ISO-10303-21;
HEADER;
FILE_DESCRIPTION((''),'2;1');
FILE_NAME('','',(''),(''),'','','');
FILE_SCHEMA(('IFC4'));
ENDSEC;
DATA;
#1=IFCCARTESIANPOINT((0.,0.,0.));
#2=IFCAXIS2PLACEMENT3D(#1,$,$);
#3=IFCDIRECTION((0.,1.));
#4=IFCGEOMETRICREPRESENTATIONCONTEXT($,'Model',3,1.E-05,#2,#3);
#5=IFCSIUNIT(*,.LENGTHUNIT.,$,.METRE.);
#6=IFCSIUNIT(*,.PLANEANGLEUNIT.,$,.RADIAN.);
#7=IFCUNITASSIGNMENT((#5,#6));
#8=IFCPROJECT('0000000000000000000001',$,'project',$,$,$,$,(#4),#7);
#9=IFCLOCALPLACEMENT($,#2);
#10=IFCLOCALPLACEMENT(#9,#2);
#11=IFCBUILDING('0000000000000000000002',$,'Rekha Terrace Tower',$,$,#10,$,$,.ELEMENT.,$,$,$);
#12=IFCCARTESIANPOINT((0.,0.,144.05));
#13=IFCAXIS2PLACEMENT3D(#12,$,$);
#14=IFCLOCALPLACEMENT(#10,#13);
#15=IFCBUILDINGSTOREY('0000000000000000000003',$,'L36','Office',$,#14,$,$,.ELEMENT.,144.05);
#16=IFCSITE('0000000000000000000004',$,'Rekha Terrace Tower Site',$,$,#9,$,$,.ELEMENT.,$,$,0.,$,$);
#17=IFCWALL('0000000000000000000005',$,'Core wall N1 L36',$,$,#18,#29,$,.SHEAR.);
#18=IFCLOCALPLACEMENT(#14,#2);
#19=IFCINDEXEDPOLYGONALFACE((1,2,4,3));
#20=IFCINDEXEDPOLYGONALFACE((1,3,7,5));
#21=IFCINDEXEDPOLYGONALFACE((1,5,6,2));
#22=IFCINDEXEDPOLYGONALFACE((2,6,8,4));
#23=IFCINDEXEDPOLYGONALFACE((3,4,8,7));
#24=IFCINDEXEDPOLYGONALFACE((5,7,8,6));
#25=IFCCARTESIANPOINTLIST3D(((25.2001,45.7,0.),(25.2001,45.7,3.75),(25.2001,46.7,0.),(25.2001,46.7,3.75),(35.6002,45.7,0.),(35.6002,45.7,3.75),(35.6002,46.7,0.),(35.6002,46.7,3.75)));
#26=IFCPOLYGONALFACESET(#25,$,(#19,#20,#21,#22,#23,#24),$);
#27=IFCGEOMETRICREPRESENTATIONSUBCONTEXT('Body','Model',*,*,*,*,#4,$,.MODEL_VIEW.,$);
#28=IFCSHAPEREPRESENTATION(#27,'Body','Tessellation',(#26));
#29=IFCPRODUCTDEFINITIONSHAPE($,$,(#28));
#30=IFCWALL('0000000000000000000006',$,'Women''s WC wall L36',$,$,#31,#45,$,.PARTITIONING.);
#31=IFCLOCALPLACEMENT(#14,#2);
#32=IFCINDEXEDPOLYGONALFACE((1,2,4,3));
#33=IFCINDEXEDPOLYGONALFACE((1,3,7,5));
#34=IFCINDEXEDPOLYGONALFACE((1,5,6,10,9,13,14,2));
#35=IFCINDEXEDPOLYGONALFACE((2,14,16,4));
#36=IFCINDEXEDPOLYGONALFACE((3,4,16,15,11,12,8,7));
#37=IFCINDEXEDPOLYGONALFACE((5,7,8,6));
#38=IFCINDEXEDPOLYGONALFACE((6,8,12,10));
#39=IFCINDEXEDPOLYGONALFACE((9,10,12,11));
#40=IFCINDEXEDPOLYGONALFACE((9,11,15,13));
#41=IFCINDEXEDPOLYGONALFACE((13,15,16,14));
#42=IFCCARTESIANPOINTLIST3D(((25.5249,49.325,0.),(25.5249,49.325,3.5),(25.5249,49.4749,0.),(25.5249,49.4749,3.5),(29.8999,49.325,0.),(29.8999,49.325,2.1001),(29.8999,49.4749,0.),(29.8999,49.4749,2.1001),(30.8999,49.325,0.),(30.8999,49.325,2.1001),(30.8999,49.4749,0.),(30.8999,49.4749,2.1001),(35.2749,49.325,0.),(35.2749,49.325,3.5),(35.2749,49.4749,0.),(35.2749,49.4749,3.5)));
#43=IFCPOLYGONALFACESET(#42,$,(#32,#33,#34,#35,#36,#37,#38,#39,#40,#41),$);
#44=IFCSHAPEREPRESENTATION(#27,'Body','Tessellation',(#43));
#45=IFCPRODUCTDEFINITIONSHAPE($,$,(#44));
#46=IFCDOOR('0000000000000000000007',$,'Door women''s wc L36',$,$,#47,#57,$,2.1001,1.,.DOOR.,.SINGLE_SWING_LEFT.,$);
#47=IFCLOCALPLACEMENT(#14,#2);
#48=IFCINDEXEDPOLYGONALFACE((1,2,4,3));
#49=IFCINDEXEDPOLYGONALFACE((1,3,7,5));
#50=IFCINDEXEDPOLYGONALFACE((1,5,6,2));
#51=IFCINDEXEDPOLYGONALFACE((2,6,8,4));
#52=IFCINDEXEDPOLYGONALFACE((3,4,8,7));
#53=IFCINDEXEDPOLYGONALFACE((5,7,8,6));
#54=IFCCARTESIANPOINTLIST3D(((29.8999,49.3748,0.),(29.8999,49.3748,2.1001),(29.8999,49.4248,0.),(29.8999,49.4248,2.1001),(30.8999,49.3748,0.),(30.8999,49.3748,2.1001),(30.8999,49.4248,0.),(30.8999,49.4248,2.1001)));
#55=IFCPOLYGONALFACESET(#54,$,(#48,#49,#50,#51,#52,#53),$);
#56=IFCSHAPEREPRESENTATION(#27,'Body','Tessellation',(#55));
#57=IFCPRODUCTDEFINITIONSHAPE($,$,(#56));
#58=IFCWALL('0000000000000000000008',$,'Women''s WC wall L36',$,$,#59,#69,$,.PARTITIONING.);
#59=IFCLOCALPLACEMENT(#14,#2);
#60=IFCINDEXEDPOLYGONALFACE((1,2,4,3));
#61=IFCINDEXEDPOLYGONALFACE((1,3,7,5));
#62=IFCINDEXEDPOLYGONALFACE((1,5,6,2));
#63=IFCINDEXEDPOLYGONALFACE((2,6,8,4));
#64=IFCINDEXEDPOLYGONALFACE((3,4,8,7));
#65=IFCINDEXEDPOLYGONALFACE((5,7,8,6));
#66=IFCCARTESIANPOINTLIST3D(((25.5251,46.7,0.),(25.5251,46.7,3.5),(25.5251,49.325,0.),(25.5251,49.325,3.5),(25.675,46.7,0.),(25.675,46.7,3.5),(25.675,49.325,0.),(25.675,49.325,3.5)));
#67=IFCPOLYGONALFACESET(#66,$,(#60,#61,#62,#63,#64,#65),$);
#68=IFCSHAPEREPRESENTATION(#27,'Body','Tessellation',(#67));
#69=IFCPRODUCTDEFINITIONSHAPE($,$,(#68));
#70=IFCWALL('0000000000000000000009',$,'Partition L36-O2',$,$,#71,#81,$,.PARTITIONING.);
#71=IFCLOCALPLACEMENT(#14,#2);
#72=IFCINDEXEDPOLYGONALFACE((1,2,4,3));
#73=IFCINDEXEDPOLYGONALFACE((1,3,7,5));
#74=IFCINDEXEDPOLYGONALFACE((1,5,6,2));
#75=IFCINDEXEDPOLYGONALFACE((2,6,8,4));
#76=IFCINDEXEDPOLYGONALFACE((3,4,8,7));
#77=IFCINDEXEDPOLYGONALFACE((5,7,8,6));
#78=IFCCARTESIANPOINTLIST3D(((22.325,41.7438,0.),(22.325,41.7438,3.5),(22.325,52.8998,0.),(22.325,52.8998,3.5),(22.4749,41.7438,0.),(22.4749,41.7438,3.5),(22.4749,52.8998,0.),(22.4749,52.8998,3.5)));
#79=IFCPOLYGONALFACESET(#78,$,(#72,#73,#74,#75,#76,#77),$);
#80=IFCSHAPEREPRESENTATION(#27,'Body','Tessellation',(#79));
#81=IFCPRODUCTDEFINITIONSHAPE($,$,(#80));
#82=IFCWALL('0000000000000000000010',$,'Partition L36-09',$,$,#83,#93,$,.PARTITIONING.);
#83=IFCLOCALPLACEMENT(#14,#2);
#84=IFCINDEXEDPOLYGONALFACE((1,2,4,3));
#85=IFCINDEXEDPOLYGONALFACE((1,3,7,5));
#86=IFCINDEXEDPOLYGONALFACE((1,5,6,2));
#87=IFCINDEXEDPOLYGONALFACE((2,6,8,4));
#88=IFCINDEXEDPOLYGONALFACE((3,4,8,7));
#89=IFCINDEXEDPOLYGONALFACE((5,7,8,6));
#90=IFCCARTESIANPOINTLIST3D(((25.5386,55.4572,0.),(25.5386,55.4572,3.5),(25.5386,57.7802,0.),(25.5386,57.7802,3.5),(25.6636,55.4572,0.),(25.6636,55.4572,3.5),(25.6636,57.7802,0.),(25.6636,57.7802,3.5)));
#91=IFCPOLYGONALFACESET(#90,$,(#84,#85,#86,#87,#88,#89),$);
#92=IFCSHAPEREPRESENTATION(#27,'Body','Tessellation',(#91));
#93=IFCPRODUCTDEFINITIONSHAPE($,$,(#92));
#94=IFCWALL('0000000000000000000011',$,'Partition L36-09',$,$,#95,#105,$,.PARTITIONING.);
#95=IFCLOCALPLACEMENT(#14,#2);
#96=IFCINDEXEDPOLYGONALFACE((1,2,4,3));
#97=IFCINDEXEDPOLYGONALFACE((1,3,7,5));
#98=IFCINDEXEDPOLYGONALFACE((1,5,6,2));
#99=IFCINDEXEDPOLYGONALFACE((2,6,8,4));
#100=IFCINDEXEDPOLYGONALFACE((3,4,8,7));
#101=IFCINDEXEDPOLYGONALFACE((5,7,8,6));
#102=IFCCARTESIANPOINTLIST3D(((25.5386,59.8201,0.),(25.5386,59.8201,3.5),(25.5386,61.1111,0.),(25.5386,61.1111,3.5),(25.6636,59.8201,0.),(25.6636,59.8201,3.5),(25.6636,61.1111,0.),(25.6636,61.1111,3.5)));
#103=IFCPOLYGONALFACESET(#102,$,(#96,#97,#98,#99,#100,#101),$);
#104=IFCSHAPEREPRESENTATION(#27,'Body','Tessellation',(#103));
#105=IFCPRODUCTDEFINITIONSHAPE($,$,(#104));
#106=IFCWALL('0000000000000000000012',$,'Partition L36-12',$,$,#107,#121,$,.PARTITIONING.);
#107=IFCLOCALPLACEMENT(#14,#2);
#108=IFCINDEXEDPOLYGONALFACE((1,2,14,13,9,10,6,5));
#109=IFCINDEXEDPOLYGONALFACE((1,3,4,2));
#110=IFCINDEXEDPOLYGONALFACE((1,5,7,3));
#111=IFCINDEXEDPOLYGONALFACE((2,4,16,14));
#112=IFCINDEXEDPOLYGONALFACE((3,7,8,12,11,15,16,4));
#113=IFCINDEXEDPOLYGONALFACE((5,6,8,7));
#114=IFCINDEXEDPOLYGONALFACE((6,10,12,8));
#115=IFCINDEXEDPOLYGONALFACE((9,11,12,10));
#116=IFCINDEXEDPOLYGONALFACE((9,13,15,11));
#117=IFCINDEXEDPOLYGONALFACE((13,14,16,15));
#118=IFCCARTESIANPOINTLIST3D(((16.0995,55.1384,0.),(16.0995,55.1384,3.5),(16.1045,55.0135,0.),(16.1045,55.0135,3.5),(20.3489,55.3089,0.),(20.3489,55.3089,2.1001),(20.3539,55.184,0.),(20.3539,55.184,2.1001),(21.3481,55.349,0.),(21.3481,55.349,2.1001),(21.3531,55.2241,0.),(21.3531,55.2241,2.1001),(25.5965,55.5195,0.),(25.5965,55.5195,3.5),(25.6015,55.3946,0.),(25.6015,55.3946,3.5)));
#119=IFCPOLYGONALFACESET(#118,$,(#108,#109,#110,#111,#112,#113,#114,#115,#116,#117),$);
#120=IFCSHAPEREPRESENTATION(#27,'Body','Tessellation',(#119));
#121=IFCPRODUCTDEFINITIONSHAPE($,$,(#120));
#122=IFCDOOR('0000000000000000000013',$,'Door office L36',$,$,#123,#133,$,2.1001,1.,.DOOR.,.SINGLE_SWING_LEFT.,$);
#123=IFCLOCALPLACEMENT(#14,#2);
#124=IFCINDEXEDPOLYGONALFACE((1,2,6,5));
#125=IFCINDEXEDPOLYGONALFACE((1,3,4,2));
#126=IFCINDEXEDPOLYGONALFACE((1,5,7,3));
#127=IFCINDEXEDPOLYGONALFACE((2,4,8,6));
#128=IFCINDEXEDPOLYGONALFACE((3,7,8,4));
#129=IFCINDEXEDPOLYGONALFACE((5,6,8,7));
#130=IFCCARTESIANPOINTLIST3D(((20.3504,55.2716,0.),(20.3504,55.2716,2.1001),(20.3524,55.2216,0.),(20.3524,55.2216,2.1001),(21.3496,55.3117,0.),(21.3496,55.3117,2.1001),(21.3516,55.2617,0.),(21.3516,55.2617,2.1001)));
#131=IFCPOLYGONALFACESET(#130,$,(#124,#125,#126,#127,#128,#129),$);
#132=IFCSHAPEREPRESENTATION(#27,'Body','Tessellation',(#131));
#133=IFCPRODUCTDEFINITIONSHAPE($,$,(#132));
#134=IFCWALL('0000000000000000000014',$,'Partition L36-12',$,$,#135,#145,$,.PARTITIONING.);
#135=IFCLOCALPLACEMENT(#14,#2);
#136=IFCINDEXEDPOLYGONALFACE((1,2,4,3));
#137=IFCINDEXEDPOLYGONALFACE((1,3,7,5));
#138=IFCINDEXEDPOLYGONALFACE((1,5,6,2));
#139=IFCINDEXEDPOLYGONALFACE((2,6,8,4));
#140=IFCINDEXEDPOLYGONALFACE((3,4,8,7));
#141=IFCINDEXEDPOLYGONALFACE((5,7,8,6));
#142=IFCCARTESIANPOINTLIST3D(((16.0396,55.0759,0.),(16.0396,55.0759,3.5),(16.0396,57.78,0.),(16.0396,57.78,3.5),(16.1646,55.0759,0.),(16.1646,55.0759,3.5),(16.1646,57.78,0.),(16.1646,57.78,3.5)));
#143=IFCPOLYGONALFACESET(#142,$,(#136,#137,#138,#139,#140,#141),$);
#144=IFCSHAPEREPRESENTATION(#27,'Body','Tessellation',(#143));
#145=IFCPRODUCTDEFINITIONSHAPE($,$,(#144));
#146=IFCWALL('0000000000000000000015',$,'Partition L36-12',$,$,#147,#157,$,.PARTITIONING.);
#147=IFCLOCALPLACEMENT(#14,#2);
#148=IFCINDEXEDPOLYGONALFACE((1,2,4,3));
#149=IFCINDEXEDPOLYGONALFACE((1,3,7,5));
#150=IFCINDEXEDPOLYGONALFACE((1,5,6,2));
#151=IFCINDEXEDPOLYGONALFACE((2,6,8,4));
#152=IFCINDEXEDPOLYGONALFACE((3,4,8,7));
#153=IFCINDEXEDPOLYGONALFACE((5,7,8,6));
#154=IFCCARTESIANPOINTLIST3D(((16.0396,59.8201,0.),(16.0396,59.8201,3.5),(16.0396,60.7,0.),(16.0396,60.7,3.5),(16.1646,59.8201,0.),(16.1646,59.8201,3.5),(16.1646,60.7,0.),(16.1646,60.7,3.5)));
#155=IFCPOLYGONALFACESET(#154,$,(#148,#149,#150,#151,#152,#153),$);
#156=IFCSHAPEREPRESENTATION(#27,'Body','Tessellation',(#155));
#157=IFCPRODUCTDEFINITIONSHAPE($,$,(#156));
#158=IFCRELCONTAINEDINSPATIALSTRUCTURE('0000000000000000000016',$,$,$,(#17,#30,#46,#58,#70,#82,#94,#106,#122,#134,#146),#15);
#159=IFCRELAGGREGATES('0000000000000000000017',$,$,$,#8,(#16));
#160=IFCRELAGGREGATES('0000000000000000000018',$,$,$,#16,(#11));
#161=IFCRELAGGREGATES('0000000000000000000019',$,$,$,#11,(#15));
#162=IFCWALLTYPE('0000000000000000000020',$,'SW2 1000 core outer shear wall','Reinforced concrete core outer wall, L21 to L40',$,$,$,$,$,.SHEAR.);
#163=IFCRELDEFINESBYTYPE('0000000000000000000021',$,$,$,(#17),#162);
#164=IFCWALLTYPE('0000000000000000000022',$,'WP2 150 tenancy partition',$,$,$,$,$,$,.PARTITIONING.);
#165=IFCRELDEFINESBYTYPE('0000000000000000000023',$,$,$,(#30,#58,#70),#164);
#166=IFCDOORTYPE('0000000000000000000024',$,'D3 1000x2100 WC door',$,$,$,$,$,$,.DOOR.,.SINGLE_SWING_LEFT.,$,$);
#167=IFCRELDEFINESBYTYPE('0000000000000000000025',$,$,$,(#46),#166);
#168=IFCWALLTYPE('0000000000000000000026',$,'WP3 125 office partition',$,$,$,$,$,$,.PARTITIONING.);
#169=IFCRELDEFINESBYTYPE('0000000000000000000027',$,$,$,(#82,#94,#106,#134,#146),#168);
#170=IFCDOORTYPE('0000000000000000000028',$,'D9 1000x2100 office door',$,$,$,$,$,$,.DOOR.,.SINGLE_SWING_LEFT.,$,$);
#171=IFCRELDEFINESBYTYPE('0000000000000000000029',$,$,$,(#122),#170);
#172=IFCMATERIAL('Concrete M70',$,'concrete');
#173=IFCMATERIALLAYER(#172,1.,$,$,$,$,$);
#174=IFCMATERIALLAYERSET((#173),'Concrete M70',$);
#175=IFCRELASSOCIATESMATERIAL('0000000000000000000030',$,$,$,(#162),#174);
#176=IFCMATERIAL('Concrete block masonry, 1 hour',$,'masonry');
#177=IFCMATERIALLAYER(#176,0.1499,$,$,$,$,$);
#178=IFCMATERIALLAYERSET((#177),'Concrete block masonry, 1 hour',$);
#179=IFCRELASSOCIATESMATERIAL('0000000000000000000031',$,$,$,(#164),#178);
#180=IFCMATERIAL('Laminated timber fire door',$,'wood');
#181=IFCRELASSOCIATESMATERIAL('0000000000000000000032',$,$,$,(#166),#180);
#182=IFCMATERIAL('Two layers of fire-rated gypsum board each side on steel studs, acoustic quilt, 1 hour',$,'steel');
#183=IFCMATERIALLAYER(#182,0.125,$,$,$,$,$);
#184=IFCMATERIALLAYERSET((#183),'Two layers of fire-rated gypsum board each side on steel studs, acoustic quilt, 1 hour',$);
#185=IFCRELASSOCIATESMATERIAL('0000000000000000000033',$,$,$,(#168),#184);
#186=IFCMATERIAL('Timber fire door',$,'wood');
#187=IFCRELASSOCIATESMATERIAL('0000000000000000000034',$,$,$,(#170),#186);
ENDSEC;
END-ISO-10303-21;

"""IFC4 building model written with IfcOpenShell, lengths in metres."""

from ifc_helpers import new_model, si_unit, direction, frame, frame_2d, origin, place, context, subcontext, project, spatial, rectangle, extrude, material, layer, layer_set, type_object, element, fill, save


model = new_model("IFC4")

# Units and contexts
model_context = context("Model", 3, precision=1e-05, world=origin(), true_north=direction((0.0, 1.0)))
body_context = subcontext(model_context, "Body", "Model", "MODEL_VIEW")
ifc_project = project(units=[si_unit("LENGTHUNIT", "METRE"), si_unit("PLANEANGLEUNIT", "RADIAN")], contexts=[model_context])

# Site, building, storey
site_placement = place(None, origin())
site = spatial("IfcSite", under=ifc_project, at=site_placement, Name="Rekha Terrace Tower Site", CompositionType="ELEMENT", RefElevation=0.0)
building_placement = place(site_placement, origin())
building = spatial("IfcBuilding", under=site, at=building_placement, Name="Rekha Terrace Tower", CompositionType="ELEMENT")
storey_placement = place(building_placement, frame((0.0, 0.0, 144.05)))
storey = spatial("IfcBuildingStorey", under=building, at=storey_placement, Name="L36", Description="Office", CompositionType="ELEMENT", Elevation=144.05)

# Shared definitions
ifc_material_1 = material(Name="Concrete M70", Category="concrete")

# Wall
ifc_layer_1 = layer(ifc_material_1, 1.0)
ifc_layer_set_1 = layer_set([ifc_layer_1], Name="Concrete M70")
wall_type_1 = type_object("IfcWallType", Name="SW2 1000 core outer shear wall", Description="Reinforced concrete core outer wall, L21 to L40", PredefinedType="SHEAR", material=ifc_layer_set_1)
wall_1_placement = place(storey_placement, frame((25.2, 46.2, 0.0), z_axis=(0.0, 0.0, 1.0), x_axis=(1.0, 0.0, 0.0)))
element("IfcWall", 1, at=wall_1_placement, inside=storey, type_object=wall_type_1, Name="Core wall N1 L36", PredefinedType="SHEAR", context=body_context, shape_type="SweptSolid", body=[
    extrude(rectangle(XDim=10.4001, YDim=1.0, at=frame_2d((5.2002, 0.0))), origin(), (0.0, 0.0, 1.0), 3.75),
])

# Wall, opening, door
ifc_material_2 = material(Name="Concrete block masonry, 1 hour", Category="masonry")
ifc_layer_2 = layer(ifc_material_2, 0.1499)
ifc_layer_set_2 = layer_set([ifc_layer_2], Name="Concrete block masonry, 1 hour")
wall_type_2 = type_object("IfcWallType", Name="WP2 150 tenancy partition", PredefinedType="PARTITIONING", material=ifc_layer_set_2)
wall_2_placement = place(storey_placement, frame((25.5249, 49.3999, 0.0), z_axis=(0.0, 0.0, 1.0), x_axis=(1.0, 0.0, 0.0)))
wall_2 = element("IfcWall", 2, at=wall_2_placement, inside=storey, type_object=wall_type_2, Name="Women's WC wall L36", PredefinedType="PARTITIONING", context=body_context, shape_type="SweptSolid", body=[
    extrude(rectangle(XDim=9.75, YDim=0.1499, at=frame_2d((4.875, 0.0))), origin(), (0.0, 0.0, 1.0), 3.5),
])
opening_1_placement = place(wall_2_placement, frame((4.375, 0.0, 0.0)))
opening_1 = element("IfcOpeningElement", 3, at=opening_1_placement, cuts=wall_2, PredefinedType="OPENING", context=body_context, shape_type="SweptSolid", body=[
    extrude(rectangle(XDim=1.0, YDim=2.1001, at=frame_2d((0.5, 1.05))), frame((0.0, 0.085, 0.0), z_axis=(0.0, -1.0, 0.0), x_axis=(1.0, 0.0, 0.0)), (0.0, 0.0, 1.0), 0.1699),
])
ifc_material_3 = material(Name="Laminated timber fire door", Category="wood")
door_type_1 = type_object("IfcDoorType", Name="D3 1000x2100 WC door", OperationType="SINGLE_SWING_LEFT", PredefinedType="DOOR", material=ifc_material_3)
door_1_placement = place(opening_1_placement, origin())
door_1 = element("IfcDoor", 4, at=door_1_placement, inside=storey, type_object=door_type_1, Name="Door women's wc L36", OperationType="SINGLE_SWING_LEFT", OverallHeight=2.1001, OverallWidth=1.0, PredefinedType="DOOR", context=body_context, shape_type="SweptSolid", body=[
    extrude(rectangle(XDim=1.0, YDim=2.1001, at=frame_2d((0.5, 1.05))), frame((0.0, 0.0249, 0.0), z_axis=(0.0, -1.0, 0.0), x_axis=(1.0, 0.0, 0.0)), (0.0, 0.0, 1.0), 0.05),
])
fill(opening_1, door_1)

# Walls
wall_3_placement = place(storey_placement, frame((25.6001, 46.7, 0.0), z_axis=(0.0, 0.0, 1.0), x_axis=(0.0, 1.0, 0.0)))
element("IfcWall", 5, at=wall_3_placement, inside=storey, type_object=wall_type_2, Name="Women's WC wall L36", PredefinedType="PARTITIONING", context=body_context, shape_type="SweptSolid", body=[
    extrude(rectangle(XDim=2.625, YDim=0.1499, at=frame_2d((1.3125, 0.0))), origin(), (0.0, 0.0, 1.0), 3.5),
])
wall_4_placement = place(storey_placement, frame((22.3999, 52.8999, 0.0), z_axis=(0.0, 0.0, 1.0), x_axis=(0.0, -1.0, 0.0)))
element("IfcWall", 6, at=wall_4_placement, inside=storey, type_object=wall_type_2, Name="Partition L36-O2", PredefinedType="PARTITIONING", context=body_context, shape_type="SweptSolid", body=[
    extrude(rectangle(XDim=11.156, YDim=0.1499, at=frame_2d((5.5781, 0.0))), origin(), (0.0, 0.0, 1.0), 3.5),
])
ifc_material_4 = material(Name="Two layers of fire-rated gypsum board each side on steel studs, acoustic quilt, 1 hour", Category="steel")
ifc_layer_3 = layer(ifc_material_4, 0.125)
ifc_layer_set_3 = layer_set([ifc_layer_3], Name="Two layers of fire-rated gypsum board each side on steel studs, acoustic quilt, 1 hour")
wall_type_3 = type_object("IfcWallType", Name="WP3 125 office partition", PredefinedType="PARTITIONING", material=ifc_layer_set_3)
wall_5_placement = place(storey_placement, frame((25.6011, 55.457, 0.0), z_axis=(0.0, 0.0, 1.0), x_axis=(0.0, 1.0, 0.0)))
element("IfcWall", 7, at=wall_5_placement, inside=storey, type_object=wall_type_3, Name="Partition L36-09", PredefinedType="PARTITIONING", context=body_context, shape_type="SweptSolid", body=[
    extrude(rectangle(XDim=2.323, YDim=0.125, at=frame_2d((1.1616, 0.0))), origin(), (0.0, 0.0, 1.0), 3.5),
])
wall_6_placement = place(storey_placement, frame((25.6011, 59.8201, 0.0), z_axis=(0.0, 0.0, 1.0), x_axis=(0.0, 1.0, 0.0)))
element("IfcWall", 8, at=wall_6_placement, inside=storey, type_object=wall_type_3, Name="Partition L36-09", PredefinedType="PARTITIONING", context=body_context, shape_type="SweptSolid", body=[
    extrude(rectangle(XDim=1.291, YDim=0.125, at=frame_2d((0.6455, 0.0))), origin(), (0.0, 0.0, 1.0), 3.5),
])

# Wall, opening, door
wall_7_placement = place(storey_placement, frame((25.5991, 55.457, 0.0), z_axis=(0.0, 0.0, 1.0), x_axis=(-0.999196, -0.040096, 0.0)))
wall_7 = element("IfcWall", 9, at=wall_7_placement, inside=storey, type_object=wall_type_3, Name="Partition L36-12", PredefinedType="PARTITIONING", context=body_context, shape_type="SweptSolid", body=[
    extrude(rectangle(XDim=9.5046, YDim=0.125, at=frame_2d((4.7524, 0.0))), origin(), (0.0, 0.0, 1.0), 3.5),
])
opening_2_placement = place(wall_7_placement, frame((4.252, 0.0, 0.0)))
opening_2 = element("IfcOpeningElement", 10, at=opening_2_placement, cuts=wall_7, PredefinedType="OPENING", context=body_context, shape_type="SweptSolid", body=[
    extrude(rectangle(XDim=1.0, YDim=2.1001, at=frame_2d((0.5, 1.05))), frame((0.0, 0.0725, 0.0), z_axis=(0.0, -1.0, 0.0), x_axis=(1.0, 0.0, 0.0)), (0.0, 0.0, 1.0), 0.145),
])
ifc_material_5 = material(Name="Timber fire door", Category="wood")
door_type_2 = type_object("IfcDoorType", Name="D9 1000x2100 office door", OperationType="SINGLE_SWING_LEFT", PredefinedType="DOOR", material=ifc_material_5)
door_2_placement = place(opening_2_placement, origin())
door_2 = element("IfcDoor", 11, at=door_2_placement, inside=storey, type_object=door_type_2, Name="Door office L36", OperationType="SINGLE_SWING_LEFT", OverallHeight=2.1001, OverallWidth=1.0, PredefinedType="DOOR", context=body_context, shape_type="SweptSolid", body=[
    extrude(rectangle(XDim=1.0, YDim=2.1001, at=frame_2d((0.5, 1.05))), frame((0.0, 0.0249, 0.0), z_axis=(0.0, -1.0, 0.0), x_axis=(1.0, 0.0, 0.0)), (0.0, 0.0, 1.0), 0.05),
])
fill(opening_2, door_2)

# Walls
wall_8_placement = place(storey_placement, frame((16.1021, 55.0759, 0.0), z_axis=(0.0, 0.0, 1.0), x_axis=(0.0, 1.0, 0.0)))
element("IfcWall", 12, at=wall_8_placement, inside=storey, type_object=wall_type_3, Name="Partition L36-12", PredefinedType="PARTITIONING", context=body_context, shape_type="SweptSolid", body=[
    extrude(rectangle(XDim=2.7041, YDim=0.125, at=frame_2d((1.3521, 0.0))), origin(), (0.0, 0.0, 1.0), 3.5),
])
wall_9_placement = place(storey_placement, frame((16.1021, 59.8201, 0.0), z_axis=(0.0, 0.0, 1.0), x_axis=(0.0, 1.0, 0.0)))
element("IfcWall", 13, at=wall_9_placement, inside=storey, type_object=wall_type_3, Name="Partition L36-12", PredefinedType="PARTITIONING", context=body_context, shape_type="SweptSolid", body=[
    extrude(rectangle(XDim=0.8799, YDim=0.125, at=frame_2d((0.4399, 0.0))), origin(), (0.0, 0.0, 1.0), 3.5),
])

save(model, "model.ifc")
